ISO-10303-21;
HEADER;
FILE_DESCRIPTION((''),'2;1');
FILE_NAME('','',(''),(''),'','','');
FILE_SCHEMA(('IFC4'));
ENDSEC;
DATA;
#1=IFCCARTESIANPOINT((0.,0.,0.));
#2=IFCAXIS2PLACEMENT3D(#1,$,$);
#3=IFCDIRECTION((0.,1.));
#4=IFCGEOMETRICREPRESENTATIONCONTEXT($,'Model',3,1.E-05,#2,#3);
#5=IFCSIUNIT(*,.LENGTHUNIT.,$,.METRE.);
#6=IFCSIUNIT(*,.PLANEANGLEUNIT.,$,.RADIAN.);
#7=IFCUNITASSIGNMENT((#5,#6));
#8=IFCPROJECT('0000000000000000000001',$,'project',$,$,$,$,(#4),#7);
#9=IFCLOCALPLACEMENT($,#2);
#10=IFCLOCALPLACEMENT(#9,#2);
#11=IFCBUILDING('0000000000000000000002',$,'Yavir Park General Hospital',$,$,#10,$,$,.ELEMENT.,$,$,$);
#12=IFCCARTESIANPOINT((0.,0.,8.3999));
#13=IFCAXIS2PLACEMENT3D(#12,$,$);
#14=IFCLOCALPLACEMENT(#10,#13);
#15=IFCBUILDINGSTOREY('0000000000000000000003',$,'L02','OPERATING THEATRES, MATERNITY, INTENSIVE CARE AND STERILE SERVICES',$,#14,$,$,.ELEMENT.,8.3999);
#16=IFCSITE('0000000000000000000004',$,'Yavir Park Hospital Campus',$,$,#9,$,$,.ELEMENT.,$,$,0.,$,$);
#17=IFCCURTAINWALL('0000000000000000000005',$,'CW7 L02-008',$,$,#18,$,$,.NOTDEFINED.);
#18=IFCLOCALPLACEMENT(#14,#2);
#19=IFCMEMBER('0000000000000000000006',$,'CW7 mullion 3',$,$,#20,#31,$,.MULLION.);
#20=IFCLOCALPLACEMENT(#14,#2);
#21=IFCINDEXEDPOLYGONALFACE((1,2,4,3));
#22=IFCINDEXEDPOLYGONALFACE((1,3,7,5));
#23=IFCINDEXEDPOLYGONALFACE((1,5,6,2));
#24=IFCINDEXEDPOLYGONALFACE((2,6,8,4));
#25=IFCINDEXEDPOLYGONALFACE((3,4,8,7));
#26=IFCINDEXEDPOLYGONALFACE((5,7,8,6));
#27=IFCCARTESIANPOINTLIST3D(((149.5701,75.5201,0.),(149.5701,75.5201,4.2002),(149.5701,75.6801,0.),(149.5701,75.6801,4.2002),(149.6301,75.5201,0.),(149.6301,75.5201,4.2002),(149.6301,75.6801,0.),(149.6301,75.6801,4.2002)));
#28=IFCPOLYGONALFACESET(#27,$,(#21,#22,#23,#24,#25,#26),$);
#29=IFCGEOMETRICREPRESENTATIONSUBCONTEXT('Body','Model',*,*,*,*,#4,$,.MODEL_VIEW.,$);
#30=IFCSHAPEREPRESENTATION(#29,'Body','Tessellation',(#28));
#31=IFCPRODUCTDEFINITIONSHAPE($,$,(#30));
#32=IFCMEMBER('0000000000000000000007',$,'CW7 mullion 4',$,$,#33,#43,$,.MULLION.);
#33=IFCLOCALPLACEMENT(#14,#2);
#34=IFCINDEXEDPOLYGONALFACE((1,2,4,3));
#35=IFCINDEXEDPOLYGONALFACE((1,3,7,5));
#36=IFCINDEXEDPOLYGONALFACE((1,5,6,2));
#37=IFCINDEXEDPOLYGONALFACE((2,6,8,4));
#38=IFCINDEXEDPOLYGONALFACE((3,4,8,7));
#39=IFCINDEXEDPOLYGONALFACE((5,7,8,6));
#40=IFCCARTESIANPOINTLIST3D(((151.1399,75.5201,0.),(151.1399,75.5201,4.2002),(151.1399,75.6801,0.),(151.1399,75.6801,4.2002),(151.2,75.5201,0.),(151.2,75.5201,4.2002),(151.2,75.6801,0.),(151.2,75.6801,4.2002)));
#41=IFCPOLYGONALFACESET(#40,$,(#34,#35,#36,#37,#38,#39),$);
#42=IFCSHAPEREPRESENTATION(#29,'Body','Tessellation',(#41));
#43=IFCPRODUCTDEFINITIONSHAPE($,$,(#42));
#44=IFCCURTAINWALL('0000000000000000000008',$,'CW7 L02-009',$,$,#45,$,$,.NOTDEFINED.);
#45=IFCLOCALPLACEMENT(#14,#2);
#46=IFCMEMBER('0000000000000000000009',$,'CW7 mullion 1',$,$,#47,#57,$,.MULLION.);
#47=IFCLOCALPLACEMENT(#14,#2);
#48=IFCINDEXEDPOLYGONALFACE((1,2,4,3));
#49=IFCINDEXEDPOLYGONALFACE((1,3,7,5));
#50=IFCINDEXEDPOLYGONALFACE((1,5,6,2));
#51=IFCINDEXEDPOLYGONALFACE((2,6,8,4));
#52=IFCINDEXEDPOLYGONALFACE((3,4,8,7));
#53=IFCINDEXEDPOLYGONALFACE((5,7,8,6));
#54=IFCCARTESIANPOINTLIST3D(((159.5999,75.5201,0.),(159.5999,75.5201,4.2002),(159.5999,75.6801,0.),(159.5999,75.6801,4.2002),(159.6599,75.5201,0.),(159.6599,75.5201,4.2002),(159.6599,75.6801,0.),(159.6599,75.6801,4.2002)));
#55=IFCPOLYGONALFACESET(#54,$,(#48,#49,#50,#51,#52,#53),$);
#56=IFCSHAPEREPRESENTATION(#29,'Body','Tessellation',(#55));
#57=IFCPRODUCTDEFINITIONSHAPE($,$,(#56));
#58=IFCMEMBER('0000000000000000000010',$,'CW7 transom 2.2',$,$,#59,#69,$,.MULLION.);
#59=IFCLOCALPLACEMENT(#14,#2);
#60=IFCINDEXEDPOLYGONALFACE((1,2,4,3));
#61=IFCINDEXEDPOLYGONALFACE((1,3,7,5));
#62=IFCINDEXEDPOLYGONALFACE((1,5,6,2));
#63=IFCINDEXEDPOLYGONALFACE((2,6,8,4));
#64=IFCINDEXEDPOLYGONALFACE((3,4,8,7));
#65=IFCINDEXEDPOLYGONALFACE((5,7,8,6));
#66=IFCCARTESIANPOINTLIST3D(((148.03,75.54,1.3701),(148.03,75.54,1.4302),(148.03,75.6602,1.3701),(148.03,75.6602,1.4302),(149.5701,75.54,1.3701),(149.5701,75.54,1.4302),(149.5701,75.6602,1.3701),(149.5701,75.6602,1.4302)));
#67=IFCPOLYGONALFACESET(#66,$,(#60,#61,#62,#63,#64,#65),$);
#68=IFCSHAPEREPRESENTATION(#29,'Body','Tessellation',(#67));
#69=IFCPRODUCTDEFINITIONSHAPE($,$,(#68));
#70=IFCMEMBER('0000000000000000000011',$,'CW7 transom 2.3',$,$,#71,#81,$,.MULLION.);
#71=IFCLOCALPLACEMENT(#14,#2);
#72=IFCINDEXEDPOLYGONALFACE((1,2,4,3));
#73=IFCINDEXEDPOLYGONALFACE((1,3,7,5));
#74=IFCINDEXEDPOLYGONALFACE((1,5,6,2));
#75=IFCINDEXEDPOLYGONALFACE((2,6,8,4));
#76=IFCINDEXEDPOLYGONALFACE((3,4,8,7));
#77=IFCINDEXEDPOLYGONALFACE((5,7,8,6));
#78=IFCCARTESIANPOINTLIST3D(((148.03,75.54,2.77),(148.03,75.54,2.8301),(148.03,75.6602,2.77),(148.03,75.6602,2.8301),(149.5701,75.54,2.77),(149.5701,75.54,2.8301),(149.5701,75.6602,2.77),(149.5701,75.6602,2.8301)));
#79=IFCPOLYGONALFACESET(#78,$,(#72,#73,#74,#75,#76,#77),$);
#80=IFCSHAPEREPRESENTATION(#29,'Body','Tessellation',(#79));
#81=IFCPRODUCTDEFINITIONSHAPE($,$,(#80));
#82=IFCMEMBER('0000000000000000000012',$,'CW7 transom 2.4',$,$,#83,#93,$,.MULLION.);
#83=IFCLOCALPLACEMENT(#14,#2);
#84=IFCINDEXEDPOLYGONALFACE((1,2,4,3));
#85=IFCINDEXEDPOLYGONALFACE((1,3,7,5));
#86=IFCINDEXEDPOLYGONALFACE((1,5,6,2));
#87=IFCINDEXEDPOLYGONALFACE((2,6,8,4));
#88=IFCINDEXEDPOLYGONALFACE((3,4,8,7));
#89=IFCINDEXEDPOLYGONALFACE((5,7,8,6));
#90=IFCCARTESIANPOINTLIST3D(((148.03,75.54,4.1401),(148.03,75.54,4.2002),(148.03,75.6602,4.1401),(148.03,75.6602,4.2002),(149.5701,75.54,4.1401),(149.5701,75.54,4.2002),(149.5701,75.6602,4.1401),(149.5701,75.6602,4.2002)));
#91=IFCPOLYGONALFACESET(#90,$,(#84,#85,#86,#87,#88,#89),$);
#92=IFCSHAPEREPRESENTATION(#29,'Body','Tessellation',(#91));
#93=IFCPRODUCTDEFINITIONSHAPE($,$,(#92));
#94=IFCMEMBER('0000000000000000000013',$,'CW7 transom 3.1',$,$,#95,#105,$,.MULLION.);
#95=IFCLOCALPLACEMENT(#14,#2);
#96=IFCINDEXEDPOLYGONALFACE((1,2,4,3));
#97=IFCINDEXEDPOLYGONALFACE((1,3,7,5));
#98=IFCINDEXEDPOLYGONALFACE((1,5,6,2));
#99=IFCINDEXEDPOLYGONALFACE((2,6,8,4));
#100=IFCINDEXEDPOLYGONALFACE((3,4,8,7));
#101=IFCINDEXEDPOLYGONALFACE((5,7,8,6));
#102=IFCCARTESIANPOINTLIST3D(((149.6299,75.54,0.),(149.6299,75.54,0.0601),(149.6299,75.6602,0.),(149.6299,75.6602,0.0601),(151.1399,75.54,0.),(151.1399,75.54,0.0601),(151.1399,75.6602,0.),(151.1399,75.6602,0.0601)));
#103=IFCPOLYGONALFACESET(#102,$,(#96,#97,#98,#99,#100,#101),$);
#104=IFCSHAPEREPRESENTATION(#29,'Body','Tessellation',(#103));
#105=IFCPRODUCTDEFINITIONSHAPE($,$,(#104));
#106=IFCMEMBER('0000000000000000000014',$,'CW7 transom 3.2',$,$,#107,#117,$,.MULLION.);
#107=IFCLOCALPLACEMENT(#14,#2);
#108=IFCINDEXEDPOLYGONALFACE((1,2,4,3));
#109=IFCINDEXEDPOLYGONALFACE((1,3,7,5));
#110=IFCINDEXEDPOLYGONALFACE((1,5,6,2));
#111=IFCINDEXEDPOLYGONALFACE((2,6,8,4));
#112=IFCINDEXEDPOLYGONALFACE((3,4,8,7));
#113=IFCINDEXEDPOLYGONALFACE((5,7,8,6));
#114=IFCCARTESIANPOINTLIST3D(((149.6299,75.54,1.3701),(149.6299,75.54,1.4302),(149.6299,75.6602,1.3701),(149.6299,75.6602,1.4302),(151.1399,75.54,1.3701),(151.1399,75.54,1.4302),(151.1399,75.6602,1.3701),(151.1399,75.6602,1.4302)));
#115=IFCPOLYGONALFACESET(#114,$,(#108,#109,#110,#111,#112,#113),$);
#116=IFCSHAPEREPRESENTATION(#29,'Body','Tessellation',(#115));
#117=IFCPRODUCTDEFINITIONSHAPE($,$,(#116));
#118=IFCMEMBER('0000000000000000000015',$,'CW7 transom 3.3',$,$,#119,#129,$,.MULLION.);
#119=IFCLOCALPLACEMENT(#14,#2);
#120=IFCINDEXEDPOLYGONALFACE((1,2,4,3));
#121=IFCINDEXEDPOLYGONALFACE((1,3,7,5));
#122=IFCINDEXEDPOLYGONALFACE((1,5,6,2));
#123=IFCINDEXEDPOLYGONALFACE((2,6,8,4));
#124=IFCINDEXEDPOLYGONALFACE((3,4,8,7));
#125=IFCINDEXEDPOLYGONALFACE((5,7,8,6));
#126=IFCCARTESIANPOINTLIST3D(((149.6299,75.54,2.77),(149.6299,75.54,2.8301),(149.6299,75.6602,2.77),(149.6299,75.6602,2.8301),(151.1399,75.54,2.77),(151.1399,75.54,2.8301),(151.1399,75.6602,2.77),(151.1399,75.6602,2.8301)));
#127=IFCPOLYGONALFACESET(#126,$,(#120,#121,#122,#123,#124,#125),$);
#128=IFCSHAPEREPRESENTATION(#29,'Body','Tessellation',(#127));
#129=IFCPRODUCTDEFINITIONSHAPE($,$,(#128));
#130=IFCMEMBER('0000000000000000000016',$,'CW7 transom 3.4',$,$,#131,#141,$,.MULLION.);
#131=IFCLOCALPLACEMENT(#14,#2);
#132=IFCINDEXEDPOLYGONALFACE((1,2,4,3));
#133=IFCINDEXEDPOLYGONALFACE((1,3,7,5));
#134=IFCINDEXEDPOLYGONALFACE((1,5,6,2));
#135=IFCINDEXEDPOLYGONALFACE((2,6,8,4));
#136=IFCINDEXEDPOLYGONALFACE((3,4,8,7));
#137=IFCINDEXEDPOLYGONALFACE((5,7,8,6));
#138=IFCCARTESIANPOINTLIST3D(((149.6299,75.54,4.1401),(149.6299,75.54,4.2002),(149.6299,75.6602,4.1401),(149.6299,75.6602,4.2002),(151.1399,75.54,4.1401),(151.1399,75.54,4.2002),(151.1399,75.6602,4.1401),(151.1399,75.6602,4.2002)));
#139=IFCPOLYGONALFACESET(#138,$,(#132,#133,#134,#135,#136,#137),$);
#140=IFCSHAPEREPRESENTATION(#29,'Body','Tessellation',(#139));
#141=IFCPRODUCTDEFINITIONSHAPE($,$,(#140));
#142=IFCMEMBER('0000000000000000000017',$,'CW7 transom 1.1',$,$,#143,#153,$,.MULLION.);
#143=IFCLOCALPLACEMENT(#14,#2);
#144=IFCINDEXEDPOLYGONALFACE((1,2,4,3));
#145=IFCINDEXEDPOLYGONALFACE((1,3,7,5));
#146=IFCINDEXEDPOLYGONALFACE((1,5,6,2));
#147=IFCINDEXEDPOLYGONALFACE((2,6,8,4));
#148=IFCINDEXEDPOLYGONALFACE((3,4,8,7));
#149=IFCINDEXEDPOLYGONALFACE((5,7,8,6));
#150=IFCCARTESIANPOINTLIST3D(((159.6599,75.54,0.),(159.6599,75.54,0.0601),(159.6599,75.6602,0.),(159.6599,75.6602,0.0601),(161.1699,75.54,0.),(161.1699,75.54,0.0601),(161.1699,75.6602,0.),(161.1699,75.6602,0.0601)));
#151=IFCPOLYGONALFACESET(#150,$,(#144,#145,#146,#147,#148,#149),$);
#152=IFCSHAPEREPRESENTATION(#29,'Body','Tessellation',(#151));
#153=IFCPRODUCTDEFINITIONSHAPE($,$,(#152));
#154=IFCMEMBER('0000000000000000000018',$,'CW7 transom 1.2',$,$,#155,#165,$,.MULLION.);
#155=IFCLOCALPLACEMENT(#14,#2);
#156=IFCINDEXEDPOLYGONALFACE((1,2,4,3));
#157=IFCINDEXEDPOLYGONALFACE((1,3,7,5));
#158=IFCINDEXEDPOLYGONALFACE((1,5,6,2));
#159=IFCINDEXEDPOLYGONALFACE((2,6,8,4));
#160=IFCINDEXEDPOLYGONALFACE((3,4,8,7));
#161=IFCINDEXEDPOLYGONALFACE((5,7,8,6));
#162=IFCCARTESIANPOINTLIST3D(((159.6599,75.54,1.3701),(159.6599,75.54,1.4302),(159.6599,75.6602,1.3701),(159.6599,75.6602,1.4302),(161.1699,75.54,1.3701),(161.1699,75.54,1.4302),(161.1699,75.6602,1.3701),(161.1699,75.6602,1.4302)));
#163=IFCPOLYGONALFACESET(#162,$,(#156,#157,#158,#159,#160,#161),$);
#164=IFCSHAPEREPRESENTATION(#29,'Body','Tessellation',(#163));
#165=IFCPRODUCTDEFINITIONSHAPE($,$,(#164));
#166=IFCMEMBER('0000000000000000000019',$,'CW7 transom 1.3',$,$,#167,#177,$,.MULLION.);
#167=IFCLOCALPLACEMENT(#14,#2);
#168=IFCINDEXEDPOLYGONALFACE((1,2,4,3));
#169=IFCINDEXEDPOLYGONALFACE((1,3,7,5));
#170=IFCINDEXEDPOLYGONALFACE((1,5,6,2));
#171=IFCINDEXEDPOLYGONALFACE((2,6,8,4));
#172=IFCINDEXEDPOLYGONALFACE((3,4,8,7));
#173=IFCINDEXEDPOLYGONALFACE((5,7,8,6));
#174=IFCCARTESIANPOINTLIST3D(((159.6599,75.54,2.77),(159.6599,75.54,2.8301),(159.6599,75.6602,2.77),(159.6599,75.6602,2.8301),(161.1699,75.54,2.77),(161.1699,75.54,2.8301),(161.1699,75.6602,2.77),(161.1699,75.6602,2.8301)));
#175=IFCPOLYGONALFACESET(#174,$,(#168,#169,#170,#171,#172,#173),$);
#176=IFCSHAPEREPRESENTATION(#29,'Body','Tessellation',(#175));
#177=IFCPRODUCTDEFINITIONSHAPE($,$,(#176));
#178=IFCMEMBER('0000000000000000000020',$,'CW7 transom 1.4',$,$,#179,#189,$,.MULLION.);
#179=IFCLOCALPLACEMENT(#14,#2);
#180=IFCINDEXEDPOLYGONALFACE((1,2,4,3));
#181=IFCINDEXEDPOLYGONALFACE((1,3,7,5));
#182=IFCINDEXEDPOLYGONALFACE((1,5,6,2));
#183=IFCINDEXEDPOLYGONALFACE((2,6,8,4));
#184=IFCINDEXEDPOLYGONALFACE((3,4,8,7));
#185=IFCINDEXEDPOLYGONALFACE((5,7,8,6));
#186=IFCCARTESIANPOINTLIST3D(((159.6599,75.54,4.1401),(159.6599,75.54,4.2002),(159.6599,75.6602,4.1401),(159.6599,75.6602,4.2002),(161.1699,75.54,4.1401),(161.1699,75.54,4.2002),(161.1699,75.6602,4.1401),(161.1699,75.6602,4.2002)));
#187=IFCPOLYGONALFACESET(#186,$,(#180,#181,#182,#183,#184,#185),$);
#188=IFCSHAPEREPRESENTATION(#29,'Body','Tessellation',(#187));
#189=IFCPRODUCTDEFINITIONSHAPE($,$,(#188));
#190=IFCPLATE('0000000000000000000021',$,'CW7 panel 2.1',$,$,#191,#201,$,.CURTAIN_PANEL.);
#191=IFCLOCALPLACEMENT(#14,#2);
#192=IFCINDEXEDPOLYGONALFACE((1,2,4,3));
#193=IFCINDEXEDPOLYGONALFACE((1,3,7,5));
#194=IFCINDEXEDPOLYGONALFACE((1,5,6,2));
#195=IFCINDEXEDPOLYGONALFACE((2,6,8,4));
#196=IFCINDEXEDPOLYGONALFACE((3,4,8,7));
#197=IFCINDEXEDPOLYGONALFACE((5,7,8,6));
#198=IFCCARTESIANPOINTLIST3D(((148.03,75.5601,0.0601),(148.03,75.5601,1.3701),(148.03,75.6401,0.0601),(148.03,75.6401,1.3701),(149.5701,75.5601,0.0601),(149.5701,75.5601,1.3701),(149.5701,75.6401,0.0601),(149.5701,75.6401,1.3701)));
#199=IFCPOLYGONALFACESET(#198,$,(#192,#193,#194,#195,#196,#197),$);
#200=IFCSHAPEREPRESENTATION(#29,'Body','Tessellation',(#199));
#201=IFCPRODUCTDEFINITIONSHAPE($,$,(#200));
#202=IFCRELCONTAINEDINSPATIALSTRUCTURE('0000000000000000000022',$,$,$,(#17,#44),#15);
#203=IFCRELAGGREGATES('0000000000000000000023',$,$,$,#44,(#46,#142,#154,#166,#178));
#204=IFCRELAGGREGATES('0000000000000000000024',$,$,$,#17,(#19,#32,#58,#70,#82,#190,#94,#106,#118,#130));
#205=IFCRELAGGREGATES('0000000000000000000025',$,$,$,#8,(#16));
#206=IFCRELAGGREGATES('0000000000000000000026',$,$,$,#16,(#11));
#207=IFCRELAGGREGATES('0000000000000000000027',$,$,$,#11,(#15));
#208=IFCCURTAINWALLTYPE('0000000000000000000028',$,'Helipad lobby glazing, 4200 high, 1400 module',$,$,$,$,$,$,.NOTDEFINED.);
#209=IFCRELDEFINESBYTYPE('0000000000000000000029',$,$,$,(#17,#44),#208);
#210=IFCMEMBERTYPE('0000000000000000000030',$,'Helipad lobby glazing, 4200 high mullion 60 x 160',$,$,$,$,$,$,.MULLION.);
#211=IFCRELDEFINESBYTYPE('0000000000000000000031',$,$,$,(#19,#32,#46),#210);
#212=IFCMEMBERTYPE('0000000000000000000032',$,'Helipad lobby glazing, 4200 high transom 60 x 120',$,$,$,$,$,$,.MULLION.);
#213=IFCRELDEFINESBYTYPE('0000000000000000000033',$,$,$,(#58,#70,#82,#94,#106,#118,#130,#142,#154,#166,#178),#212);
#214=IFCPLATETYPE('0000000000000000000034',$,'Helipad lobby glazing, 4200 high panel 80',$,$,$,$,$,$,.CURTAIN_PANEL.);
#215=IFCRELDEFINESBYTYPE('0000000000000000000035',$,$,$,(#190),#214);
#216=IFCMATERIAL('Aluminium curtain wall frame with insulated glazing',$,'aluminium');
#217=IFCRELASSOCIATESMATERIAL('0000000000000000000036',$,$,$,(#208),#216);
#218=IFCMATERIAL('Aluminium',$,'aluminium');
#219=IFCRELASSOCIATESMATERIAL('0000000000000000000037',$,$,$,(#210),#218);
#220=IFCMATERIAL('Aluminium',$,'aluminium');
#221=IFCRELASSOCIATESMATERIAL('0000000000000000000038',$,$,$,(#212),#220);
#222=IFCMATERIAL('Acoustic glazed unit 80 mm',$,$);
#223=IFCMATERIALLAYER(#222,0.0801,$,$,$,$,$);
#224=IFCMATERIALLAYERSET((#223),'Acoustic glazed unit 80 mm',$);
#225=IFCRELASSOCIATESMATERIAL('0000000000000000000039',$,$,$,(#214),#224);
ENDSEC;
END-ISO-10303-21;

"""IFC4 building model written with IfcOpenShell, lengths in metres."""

from ifc_helpers import new_model, si_unit, direction, frame, origin, origin_2d, place, context, subcontext, project, spatial, rectangle, extrude, material, layer, layer_set, material_profile, profile_set, type_object, element, aggregate, save


model = new_model("IFC4")

# Units and contexts
model_context = context("Model", 3, precision=1e-05, world=origin(), true_north=direction((0.0, 1.0)))
body_context = subcontext(model_context, "Body", "Model", "MODEL_VIEW")
ifc_project = project(units=[si_unit("LENGTHUNIT", "METRE"), si_unit("PLANEANGLEUNIT", "RADIAN")], contexts=[model_context])

# Site, building, storey
site_placement = place(None, origin())
site = spatial("IfcSite", under=ifc_project, at=site_placement, Name="Yavir Park Hospital Campus", CompositionType="ELEMENT", RefElevation=0.0)
building_placement = place(site_placement, origin())
building = spatial("IfcBuilding", under=site, at=building_placement, Name="Yavir Park General Hospital", CompositionType="ELEMENT")
storey_placement = place(building_placement, frame((0.0, 0.0, 8.3999)))
storey = spatial("IfcBuildingStorey", under=building, at=storey_placement, Name="L02", Description="OPERATING THEATRES, MATERNITY, INTENSIVE CARE AND STERILE SERVICES", CompositionType="ELEMENT", Elevation=8.3999)

# Curtain wall, members
ifc_material_1 = material(Name="Aluminium curtain wall frame with insulated glazing", Category="aluminium")
curtain_wall_type = type_object("IfcCurtainWallType", Name="Helipad lobby glazing, 4200 high, 1400 module", PredefinedType="NOTDEFINED", material=ifc_material_1)
curtain_wall_1_placement = place(storey_placement, origin())
curtain_wall_1 = element("IfcCurtainWall", 1, at=curtain_wall_1_placement, inside=storey, type_object=curtain_wall_type, Name="CW7 L02-008", PredefinedType="NOTDEFINED")
ifc_material_2 = material(Name="Aluminium", Category="aluminium")
ifc_material_profile_1 = material_profile(ifc_material_2, rectangle(XDim=0.1599, YDim=0.0601, at=origin_2d()), Name="AL 60x160")
ifc_profile_set_1 = profile_set([ifc_material_profile_1], Name="Aluminium")
member_type_1 = type_object("IfcMemberType", Name="Helipad lobby glazing, 4200 high mullion 60 x 160", PredefinedType="MULLION", material=ifc_profile_set_1)
member_1_placement = place(storey_placement, frame((149.6001, 75.6001, 0.0), z_axis=(0.0, 0.0, 1.0), x_axis=(0.0, 1.0, 0.0)))
member_1 = element("IfcMember", 2, at=member_1_placement, type_object=member_type_1, Name="CW7 mullion 3", PredefinedType="MULLION", context=body_context, shape_type="SweptSolid", body=[
    extrude(rectangle(XDim=0.1599, YDim=0.0601, at=origin_2d()), origin(), (0.0, 0.0, 1.0), 4.2002),
])
member_2_placement = place(storey_placement, frame((151.1699, 75.6001, 0.0), z_axis=(0.0, 0.0, 1.0), x_axis=(0.0, 1.0, 0.0)))
member_2 = element("IfcMember", 3, at=member_2_placement, type_object=member_type_1, Name="CW7 mullion 4", PredefinedType="MULLION", context=body_context, shape_type="SweptSolid", body=[
    extrude(rectangle(XDim=0.1599, YDim=0.0601, at=origin_2d()), origin(), (0.0, 0.0, 1.0), 4.2002),
])

# Curtain wall, member
curtain_wall_2_placement = place(storey_placement, origin())
curtain_wall_2 = element("IfcCurtainWall", 4, at=curtain_wall_2_placement, inside=storey, type_object=curtain_wall_type, Name="CW7 L02-009", PredefinedType="NOTDEFINED")
member_3_placement = place(storey_placement, frame((159.6299, 75.6001, 0.0), z_axis=(0.0, 0.0, 1.0), x_axis=(0.0, 1.0, 0.0)))
member_3 = element("IfcMember", 5, at=member_3_placement, type_object=member_type_1, Name="CW7 mullion 1", PredefinedType="MULLION", context=body_context, shape_type="SweptSolid", body=[
    extrude(rectangle(XDim=0.1599, YDim=0.0601, at=origin_2d()), origin(), (0.0, 0.0, 1.0), 4.2002),
])

# Members
ifc_material_3 = material(Name="Aluminium", Category="aluminium")
ifc_material_profile_2 = material_profile(ifc_material_3, rectangle(XDim=0.1201, YDim=0.0601, at=origin_2d()), Name="AL 120x60")
ifc_profile_set_2 = profile_set([ifc_material_profile_2], Name="Aluminium")
member_type_2 = type_object("IfcMemberType", Name="Helipad lobby glazing, 4200 high transom 60 x 120", PredefinedType="MULLION", material=ifc_profile_set_2)
member_4_placement = place(storey_placement, frame((148.03, 75.6001, 1.4001), z_axis=(1.0, 0.0, 0.0), x_axis=(0.0, 1.0, 0.0)))
member_4 = element("IfcMember", 6, at=member_4_placement, type_object=member_type_2, Name="CW7 transom 2.2", PredefinedType="MULLION", context=body_context, shape_type="SweptSolid", body=[
    extrude(rectangle(XDim=0.1201, YDim=0.0601, at=origin_2d()), origin(), (0.0, 0.0, 1.0), 1.54),
])
member_5_placement = place(storey_placement, frame((148.03, 75.6001, 2.8), z_axis=(1.0, 0.0, 0.0), x_axis=(0.0, 1.0, 0.0)))
member_5 = element("IfcMember", 7, at=member_5_placement, type_object=member_type_2, Name="CW7 transom 2.3", PredefinedType="MULLION", context=body_context, shape_type="SweptSolid", body=[
    extrude(rectangle(XDim=0.1201, YDim=0.0601, at=origin_2d()), origin(), (0.0, 0.0, 1.0), 1.54),
])
member_6_placement = place(storey_placement, frame((148.03, 75.6001, 4.1702), z_axis=(1.0, 0.0, 0.0), x_axis=(0.0, 1.0, 0.0)))
member_6 = element("IfcMember", 8, at=member_6_placement, type_object=member_type_2, Name="CW7 transom 2.4", PredefinedType="MULLION", context=body_context, shape_type="SweptSolid", body=[
    extrude(rectangle(XDim=0.1201, YDim=0.0601, at=origin_2d()), origin(), (0.0, 0.0, 1.0), 1.54),
])
member_7_placement = place(storey_placement, frame((149.6299, 75.6001, 0.03), z_axis=(1.0, 0.0, 0.0), x_axis=(0.0, 1.0, 0.0)))
member_7 = element("IfcMember", 9, at=member_7_placement, type_object=member_type_2, Name="CW7 transom 3.1", PredefinedType="MULLION", context=body_context, shape_type="SweptSolid", body=[
    extrude(rectangle(XDim=0.1201, YDim=0.0601, at=origin_2d()), origin(), (0.0, 0.0, 1.0), 1.51),
])
member_8_placement = place(storey_placement, frame((149.6299, 75.6001, 1.4001), z_axis=(1.0, 0.0, 0.0), x_axis=(0.0, 1.0, 0.0)))
member_8 = element("IfcMember", 10, at=member_8_placement, type_object=member_type_2, Name="CW7 transom 3.2", PredefinedType="MULLION", context=body_context, shape_type="SweptSolid", body=[
    extrude(rectangle(XDim=0.1201, YDim=0.0601, at=origin_2d()), origin(), (0.0, 0.0, 1.0), 1.51),
])
member_9_placement = place(storey_placement, frame((149.6299, 75.6001, 2.8), z_axis=(1.0, 0.0, 0.0), x_axis=(0.0, 1.0, 0.0)))
member_9 = element("IfcMember", 11, at=member_9_placement, type_object=member_type_2, Name="CW7 transom 3.3", PredefinedType="MULLION", context=body_context, shape_type="SweptSolid", body=[
    extrude(rectangle(XDim=0.1201, YDim=0.0601, at=origin_2d()), origin(), (0.0, 0.0, 1.0), 1.51),
])
member_10_placement = place(storey_placement, frame((149.6299, 75.6001, 4.1702), z_axis=(1.0, 0.0, 0.0), x_axis=(0.0, 1.0, 0.0)))
member_10 = element("IfcMember", 12, at=member_10_placement, type_object=member_type_2, Name="CW7 transom 3.4", PredefinedType="MULLION", context=body_context, shape_type="SweptSolid", body=[
    extrude(rectangle(XDim=0.1201, YDim=0.0601, at=origin_2d()), origin(), (0.0, 0.0, 1.0), 1.51),
])
member_11_placement = place(storey_placement, frame((159.6599, 75.6001, 0.03), z_axis=(1.0, 0.0, 0.0), x_axis=(0.0, 1.0, 0.0)))
member_11 = element("IfcMember", 13, at=member_11_placement, type_object=member_type_2, Name="CW7 transom 1.1", PredefinedType="MULLION", context=body_context, shape_type="SweptSolid", body=[
    extrude(rectangle(XDim=0.1201, YDim=0.0601, at=origin_2d()), origin(), (0.0, 0.0, 1.0), 1.51),
])
member_12_placement = place(storey_placement, frame((159.6599, 75.6001, 1.4001), z_axis=(1.0, 0.0, 0.0), x_axis=(0.0, 1.0, 0.0)))
member_12 = element("IfcMember", 14, at=member_12_placement, type_object=member_type_2, Name="CW7 transom 1.2", PredefinedType="MULLION", context=body_context, shape_type="SweptSolid", body=[
    extrude(rectangle(XDim=0.1201, YDim=0.0601, at=origin_2d()), origin(), (0.0, 0.0, 1.0), 1.51),
])
member_13_placement = place(storey_placement, frame((159.6599, 75.6001, 2.8), z_axis=(1.0, 0.0, 0.0), x_axis=(0.0, 1.0, 0.0)))
member_13 = element("IfcMember", 15, at=member_13_placement, type_object=member_type_2, Name="CW7 transom 1.3", PredefinedType="MULLION", context=body_context, shape_type="SweptSolid", body=[
    extrude(rectangle(XDim=0.1201, YDim=0.0601, at=origin_2d()), origin(), (0.0, 0.0, 1.0), 1.51),
])
member_14_placement = place(storey_placement, frame((159.6599, 75.6001, 4.1702), z_axis=(1.0, 0.0, 0.0), x_axis=(0.0, 1.0, 0.0)))
member_14 = element("IfcMember", 16, at=member_14_placement, type_object=member_type_2, Name="CW7 transom 1.4", PredefinedType="MULLION", context=body_context, shape_type="SweptSolid", body=[
    extrude(rectangle(XDim=0.1201, YDim=0.0601, at=origin_2d()), origin(), (0.0, 0.0, 1.0), 1.51),
])
aggregate(curtain_wall_2, [member_3, member_11, member_12, member_13, member_14])

# Plate
ifc_material_4 = material(Name="Acoustic glazed unit 80 mm")
ifc_layer = layer(ifc_material_4, 0.0801)
ifc_layer_set = layer_set([ifc_layer], Name="Acoustic glazed unit 80 mm")
plate_type = type_object("IfcPlateType", Name="Helipad lobby glazing, 4200 high panel 80", PredefinedType="CURTAIN_PANEL", material=ifc_layer_set)
plate_1_placement = place(storey_placement, frame((148.8, 75.6001, 0.0601), z_axis=(0.0, 0.0, 1.0), x_axis=(1.0, 0.0, 0.0)))
plate_1 = element("IfcPlate", 17, at=plate_1_placement, type_object=plate_type, Name="CW7 panel 2.1", PredefinedType="CURTAIN_PANEL", context=body_context, shape_type="SweptSolid", body=[
    extrude(rectangle(XDim=1.54, YDim=0.0801, at=origin_2d()), origin(), (0.0, 0.0, 1.0), 1.3101),
])
aggregate(curtain_wall_1, [member_1, member_2, member_4, member_5, member_6, plate_1, member_7, member_8, member_9, member_10])

save(model, "model.ifc")
